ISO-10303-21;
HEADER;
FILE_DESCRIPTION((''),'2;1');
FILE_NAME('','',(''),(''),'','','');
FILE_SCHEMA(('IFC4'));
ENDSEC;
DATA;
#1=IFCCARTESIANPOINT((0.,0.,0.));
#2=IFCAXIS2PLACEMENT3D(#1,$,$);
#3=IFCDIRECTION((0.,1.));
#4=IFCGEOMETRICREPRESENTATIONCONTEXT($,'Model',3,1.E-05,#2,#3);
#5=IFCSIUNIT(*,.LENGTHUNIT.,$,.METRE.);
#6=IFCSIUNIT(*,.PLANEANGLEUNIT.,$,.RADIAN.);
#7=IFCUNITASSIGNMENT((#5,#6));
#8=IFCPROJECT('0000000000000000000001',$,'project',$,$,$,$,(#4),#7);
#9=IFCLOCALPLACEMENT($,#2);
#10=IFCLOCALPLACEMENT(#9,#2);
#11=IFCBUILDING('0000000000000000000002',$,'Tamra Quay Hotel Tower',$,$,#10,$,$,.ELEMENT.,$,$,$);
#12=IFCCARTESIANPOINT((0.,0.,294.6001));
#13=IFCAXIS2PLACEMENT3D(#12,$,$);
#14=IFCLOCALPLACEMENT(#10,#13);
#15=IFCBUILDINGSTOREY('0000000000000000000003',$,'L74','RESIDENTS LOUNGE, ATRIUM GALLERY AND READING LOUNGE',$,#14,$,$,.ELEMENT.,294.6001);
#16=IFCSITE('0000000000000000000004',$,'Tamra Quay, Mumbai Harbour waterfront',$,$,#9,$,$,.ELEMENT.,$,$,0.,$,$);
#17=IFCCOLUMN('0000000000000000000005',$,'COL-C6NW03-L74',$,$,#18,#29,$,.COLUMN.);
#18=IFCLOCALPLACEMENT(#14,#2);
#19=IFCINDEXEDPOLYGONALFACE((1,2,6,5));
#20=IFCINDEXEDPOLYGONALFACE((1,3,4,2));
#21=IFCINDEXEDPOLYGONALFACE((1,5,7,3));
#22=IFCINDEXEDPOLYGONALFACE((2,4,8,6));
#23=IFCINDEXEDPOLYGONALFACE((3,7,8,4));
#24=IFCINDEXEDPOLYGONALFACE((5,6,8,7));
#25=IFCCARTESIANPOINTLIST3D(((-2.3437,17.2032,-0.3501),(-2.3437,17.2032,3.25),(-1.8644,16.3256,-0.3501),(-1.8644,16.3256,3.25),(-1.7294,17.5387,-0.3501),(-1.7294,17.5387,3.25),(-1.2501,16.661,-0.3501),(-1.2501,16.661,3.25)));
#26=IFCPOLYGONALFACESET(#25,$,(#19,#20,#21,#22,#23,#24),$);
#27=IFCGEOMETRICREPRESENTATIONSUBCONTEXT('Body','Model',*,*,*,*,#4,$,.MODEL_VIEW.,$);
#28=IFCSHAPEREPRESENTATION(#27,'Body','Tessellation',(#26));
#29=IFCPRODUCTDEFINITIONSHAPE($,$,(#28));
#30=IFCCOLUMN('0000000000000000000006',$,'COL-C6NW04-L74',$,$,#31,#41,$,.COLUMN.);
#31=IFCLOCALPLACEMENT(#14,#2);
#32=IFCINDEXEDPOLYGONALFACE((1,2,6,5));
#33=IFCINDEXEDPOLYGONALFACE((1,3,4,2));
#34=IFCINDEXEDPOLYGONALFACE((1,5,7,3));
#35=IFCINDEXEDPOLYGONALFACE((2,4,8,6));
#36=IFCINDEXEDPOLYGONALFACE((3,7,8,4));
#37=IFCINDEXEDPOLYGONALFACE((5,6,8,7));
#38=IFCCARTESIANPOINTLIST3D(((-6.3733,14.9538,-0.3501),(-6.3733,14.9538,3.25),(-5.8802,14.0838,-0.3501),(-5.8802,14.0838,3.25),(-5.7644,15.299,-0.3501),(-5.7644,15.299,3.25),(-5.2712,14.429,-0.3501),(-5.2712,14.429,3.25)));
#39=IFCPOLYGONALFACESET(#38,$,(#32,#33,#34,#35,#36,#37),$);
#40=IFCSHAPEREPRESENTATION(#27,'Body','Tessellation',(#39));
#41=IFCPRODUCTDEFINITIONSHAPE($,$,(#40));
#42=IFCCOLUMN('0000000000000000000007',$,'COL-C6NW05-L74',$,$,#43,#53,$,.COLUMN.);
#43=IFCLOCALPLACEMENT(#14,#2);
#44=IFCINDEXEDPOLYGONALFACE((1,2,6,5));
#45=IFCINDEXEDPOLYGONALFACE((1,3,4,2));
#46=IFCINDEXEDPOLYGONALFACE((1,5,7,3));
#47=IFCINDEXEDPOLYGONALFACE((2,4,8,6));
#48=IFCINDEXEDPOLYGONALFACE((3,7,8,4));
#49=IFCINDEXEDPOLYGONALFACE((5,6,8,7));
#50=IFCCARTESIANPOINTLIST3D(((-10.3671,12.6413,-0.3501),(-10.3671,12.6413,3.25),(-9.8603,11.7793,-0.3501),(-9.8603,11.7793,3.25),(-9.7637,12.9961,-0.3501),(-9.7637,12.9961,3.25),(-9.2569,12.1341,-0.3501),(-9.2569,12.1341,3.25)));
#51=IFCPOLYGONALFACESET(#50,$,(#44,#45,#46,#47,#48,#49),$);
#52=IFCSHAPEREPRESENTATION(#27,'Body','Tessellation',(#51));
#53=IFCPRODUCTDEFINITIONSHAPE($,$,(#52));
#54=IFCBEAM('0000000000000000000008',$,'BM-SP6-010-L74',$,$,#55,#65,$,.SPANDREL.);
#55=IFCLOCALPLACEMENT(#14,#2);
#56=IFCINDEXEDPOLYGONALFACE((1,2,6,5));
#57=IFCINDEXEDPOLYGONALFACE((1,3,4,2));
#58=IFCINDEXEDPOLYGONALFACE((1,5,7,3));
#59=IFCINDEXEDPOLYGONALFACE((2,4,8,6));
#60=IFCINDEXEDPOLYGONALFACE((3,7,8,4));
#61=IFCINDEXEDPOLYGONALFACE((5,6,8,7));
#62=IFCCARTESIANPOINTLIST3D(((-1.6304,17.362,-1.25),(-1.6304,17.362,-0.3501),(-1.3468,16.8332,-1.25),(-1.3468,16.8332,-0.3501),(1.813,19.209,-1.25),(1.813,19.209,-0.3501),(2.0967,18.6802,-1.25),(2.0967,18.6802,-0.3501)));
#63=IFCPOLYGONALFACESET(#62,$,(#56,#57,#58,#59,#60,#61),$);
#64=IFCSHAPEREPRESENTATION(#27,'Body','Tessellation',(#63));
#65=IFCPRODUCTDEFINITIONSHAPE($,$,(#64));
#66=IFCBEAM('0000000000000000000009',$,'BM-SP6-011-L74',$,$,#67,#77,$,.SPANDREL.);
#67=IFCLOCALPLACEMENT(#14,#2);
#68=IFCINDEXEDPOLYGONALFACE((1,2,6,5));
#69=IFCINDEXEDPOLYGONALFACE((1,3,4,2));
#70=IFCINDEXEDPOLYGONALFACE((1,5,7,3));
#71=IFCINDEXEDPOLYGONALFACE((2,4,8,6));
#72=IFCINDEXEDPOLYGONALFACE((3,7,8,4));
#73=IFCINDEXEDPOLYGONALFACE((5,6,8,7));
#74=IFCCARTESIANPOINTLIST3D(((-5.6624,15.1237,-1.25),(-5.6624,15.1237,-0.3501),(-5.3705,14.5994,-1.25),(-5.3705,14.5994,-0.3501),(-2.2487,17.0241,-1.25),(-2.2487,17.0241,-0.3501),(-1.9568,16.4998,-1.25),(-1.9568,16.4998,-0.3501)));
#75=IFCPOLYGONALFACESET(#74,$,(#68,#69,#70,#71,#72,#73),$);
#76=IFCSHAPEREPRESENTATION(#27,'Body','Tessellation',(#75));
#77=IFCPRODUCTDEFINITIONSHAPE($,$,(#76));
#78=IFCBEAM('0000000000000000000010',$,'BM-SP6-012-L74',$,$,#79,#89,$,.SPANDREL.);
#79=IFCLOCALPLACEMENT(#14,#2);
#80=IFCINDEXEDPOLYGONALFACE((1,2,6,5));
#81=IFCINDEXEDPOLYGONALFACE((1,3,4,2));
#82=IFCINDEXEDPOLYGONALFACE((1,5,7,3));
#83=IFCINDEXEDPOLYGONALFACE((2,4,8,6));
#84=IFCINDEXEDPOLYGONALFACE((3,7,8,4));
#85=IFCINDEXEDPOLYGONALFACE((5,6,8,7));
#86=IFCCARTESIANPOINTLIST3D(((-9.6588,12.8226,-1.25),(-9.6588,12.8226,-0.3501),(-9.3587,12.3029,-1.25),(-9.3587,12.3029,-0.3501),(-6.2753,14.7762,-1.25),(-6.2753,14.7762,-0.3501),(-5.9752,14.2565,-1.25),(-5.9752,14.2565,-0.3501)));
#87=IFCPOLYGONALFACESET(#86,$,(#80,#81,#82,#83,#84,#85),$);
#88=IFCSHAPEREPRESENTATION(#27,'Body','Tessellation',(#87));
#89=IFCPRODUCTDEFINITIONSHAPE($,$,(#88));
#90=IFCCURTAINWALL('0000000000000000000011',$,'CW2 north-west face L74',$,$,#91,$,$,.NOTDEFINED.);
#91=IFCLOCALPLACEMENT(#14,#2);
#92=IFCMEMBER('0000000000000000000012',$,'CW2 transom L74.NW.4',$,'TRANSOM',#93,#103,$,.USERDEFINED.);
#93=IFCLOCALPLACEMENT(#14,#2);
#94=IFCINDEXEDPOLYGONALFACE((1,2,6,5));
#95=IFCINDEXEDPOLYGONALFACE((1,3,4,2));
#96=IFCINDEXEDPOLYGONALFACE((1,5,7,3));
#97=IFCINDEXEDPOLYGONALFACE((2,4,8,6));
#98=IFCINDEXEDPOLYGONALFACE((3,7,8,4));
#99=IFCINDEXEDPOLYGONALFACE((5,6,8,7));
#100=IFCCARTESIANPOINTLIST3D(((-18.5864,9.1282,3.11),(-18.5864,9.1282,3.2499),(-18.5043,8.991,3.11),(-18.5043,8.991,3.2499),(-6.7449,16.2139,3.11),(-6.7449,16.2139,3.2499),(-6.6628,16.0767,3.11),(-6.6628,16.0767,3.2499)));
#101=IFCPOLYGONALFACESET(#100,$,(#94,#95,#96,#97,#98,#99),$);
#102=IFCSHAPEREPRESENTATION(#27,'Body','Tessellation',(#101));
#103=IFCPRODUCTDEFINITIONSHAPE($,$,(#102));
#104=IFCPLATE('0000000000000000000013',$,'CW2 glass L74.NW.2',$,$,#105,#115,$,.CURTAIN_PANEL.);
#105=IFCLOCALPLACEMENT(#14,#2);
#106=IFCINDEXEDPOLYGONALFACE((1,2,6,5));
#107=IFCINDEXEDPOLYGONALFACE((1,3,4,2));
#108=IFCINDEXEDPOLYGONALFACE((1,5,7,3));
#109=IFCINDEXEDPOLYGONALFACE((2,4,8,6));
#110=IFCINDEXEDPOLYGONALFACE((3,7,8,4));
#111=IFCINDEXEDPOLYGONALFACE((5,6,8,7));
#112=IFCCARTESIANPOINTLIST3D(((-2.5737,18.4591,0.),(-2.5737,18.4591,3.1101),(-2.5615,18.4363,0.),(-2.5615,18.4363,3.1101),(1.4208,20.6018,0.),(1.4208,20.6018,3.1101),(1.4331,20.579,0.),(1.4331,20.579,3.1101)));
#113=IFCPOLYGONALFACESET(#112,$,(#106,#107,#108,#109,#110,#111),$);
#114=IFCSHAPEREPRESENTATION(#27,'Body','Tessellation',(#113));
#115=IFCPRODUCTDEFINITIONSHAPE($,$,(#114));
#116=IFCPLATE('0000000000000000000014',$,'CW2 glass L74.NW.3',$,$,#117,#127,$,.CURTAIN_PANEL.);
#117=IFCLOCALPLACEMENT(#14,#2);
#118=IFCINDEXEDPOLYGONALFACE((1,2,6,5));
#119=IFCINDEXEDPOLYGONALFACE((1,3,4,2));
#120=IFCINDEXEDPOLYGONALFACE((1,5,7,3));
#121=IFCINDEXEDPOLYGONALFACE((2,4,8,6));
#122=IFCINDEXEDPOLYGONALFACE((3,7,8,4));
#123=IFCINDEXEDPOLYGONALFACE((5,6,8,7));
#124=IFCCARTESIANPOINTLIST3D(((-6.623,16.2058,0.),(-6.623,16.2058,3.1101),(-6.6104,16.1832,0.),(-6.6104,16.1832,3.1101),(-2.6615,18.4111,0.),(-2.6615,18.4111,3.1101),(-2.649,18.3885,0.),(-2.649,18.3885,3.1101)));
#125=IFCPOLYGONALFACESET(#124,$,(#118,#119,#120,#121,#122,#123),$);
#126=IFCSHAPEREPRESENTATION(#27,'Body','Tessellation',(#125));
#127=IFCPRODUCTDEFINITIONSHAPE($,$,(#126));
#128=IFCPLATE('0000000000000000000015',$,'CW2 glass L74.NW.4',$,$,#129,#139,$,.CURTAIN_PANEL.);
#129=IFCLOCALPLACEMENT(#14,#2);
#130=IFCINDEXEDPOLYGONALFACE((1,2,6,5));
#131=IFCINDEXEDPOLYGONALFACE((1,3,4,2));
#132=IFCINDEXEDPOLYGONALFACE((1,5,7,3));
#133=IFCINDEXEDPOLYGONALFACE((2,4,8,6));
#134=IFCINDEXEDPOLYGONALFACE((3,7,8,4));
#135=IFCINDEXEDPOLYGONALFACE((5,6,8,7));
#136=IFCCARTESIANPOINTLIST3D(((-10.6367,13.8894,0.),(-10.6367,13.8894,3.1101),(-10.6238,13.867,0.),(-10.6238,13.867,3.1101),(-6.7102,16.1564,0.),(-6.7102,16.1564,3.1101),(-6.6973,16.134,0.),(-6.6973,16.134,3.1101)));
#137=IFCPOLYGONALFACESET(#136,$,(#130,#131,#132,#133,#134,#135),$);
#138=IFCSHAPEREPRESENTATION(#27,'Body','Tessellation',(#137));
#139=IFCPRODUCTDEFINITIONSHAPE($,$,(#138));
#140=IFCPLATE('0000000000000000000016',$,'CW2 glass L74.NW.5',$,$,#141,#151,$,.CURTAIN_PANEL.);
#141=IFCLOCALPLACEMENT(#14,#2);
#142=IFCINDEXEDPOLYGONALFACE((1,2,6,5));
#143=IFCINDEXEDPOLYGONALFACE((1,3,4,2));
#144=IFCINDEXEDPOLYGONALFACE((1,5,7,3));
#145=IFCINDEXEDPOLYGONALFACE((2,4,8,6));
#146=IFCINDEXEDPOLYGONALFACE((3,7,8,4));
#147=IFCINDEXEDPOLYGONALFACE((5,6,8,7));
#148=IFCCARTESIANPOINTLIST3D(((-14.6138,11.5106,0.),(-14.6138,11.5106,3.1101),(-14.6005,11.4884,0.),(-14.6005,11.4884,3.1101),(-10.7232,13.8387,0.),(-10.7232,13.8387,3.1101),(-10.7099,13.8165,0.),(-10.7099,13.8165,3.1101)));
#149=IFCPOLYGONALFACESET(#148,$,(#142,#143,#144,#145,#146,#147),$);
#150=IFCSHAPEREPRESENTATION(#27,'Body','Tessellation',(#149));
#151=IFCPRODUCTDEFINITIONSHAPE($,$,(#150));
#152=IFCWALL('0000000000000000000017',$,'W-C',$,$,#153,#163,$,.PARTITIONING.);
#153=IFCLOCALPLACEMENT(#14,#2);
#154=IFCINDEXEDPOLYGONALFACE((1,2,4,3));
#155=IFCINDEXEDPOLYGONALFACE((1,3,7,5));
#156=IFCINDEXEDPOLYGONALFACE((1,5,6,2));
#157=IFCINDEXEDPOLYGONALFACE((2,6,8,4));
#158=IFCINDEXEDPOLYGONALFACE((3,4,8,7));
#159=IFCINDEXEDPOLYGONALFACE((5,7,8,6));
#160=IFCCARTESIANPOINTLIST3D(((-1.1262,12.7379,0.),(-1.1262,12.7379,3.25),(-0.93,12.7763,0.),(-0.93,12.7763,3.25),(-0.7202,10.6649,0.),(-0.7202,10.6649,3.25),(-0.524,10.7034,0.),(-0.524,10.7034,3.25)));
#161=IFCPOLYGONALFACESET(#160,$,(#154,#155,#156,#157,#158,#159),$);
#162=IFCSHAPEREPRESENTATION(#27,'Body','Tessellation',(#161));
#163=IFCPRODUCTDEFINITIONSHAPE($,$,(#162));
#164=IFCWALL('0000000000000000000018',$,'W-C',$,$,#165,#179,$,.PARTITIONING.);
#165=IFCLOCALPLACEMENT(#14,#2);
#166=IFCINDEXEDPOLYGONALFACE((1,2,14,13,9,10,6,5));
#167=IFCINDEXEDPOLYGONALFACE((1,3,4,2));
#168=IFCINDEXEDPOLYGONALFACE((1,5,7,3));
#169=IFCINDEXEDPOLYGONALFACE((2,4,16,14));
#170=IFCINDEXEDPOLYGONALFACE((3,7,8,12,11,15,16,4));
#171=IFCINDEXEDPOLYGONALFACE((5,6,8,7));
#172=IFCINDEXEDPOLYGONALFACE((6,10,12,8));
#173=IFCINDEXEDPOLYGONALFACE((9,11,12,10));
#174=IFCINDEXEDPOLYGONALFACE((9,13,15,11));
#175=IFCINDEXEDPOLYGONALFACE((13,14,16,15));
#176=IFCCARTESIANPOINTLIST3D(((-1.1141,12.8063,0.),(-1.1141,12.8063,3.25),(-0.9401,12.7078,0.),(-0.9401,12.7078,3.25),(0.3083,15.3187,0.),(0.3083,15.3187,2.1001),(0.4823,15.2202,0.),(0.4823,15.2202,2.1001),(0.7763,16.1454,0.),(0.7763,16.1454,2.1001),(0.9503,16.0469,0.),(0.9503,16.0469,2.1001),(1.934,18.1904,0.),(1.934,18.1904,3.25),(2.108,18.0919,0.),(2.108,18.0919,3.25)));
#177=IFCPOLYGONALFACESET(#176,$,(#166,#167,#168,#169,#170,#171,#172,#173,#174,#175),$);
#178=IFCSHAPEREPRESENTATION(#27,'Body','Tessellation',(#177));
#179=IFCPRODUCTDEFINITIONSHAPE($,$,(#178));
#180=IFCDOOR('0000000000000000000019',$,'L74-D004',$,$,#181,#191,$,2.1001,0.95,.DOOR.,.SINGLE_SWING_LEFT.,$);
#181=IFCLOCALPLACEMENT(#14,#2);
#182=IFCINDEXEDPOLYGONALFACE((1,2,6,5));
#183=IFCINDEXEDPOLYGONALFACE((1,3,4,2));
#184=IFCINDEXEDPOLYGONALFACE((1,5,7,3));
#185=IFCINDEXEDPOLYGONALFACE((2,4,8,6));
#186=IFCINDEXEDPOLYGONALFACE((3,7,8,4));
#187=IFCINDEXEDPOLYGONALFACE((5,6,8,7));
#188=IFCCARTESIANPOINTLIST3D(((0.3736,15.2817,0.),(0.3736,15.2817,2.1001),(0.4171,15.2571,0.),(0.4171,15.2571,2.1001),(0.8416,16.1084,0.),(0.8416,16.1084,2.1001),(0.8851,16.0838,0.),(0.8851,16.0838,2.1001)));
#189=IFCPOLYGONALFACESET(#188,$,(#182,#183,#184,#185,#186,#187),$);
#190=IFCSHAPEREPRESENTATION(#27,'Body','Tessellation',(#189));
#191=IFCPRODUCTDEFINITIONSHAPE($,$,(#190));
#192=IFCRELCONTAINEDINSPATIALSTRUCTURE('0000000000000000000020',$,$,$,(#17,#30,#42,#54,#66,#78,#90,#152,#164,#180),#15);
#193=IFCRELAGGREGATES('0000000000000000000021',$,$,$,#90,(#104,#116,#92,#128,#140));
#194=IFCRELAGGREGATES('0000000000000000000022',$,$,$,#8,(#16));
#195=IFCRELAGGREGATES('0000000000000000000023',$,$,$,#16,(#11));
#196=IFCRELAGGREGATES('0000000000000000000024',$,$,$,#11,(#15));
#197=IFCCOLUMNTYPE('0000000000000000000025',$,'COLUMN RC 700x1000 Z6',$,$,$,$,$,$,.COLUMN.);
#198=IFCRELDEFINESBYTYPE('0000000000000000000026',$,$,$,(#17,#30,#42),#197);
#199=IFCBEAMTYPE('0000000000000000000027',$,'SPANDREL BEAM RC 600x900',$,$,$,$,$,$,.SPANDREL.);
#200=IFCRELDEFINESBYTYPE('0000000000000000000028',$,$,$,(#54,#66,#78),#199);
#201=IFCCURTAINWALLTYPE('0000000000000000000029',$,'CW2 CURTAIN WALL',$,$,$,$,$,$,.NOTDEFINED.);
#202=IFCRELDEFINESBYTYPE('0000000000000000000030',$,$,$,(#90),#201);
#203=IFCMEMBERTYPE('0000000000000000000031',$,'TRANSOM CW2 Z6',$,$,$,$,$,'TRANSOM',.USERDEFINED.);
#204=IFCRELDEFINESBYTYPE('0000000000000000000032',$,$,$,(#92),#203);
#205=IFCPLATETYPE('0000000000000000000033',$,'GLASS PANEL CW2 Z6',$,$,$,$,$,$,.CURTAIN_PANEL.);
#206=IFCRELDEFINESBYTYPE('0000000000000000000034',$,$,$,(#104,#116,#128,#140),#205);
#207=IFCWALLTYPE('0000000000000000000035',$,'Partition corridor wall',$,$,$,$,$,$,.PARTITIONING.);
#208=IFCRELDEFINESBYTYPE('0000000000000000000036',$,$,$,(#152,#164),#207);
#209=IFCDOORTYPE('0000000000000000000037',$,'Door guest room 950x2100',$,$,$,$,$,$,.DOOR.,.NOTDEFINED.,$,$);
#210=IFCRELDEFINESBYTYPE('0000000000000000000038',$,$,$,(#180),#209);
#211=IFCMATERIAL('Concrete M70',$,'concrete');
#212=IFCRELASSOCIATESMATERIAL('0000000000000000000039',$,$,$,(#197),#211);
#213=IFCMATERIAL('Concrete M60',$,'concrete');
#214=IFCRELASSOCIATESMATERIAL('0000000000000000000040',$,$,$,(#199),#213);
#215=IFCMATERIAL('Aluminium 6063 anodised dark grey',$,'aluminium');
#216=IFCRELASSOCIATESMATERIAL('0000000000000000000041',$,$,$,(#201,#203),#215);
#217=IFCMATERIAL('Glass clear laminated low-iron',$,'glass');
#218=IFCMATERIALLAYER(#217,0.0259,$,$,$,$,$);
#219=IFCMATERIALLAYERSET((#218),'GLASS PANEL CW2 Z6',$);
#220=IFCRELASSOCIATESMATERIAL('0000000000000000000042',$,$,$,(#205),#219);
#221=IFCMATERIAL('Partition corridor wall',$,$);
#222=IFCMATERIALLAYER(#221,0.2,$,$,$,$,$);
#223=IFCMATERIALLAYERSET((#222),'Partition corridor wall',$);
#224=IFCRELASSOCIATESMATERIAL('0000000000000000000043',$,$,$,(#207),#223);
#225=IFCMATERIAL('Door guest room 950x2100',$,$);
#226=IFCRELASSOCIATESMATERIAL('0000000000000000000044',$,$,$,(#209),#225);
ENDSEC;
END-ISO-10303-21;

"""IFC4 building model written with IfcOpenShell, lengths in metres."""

from ifc_helpers import new_model, si_unit, direction, frame, frame_2d, origin, origin_2d, place, context, subcontext, project, spatial, rectangle, extrude, material, layer, layer_set, material_profile, profile_set, type_object, element, fill, aggregate, save


model = new_model("IFC4")

# Units and contexts
model_context = context("Model", 3, precision=1e-05, world=origin(), true_north=direction((0.0, 1.0)))
body_context = subcontext(model_context, "Body", "Model", "MODEL_VIEW")
ifc_project = project(units=[si_unit("LENGTHUNIT", "METRE"), si_unit("PLANEANGLEUNIT", "RADIAN")], contexts=[model_context])

# Site, building, storey
site_placement = place(None, origin())
site = spatial("IfcSite", under=ifc_project, at=site_placement, Name="Tamra Quay, Mumbai Harbour waterfront", CompositionType="ELEMENT", RefElevation=0.0)
building_placement = place(site_placement, origin())
building = spatial("IfcBuilding", under=site, at=building_placement, Name="Tamra Quay Hotel Tower", CompositionType="ELEMENT")
storey_placement = place(building_placement, frame((0.0, 0.0, 294.6001)))
storey = spatial("IfcBuildingStorey", under=building, at=storey_placement, Name="L74", Description="RESIDENTS LOUNGE, ATRIUM GALLERY AND READING LOUNGE", CompositionType="ELEMENT", Elevation=294.6001)

# Columns
ifc_material_1 = material(Name="Concrete M70", Category="concrete")
ifc_material_profile_1 = material_profile(ifc_material_1, rectangle(XDim=1.0, YDim=0.7, at=origin_2d()), Name="COLUMN RC 700x1000 Z6")
ifc_profile_set_1 = profile_set([ifc_material_profile_1], Name="Concrete M70")
column_type = type_object("IfcColumnType", Name="COLUMN RC 700x1000 Z6", PredefinedType="COLUMN", material=ifc_profile_set_1)
for number, where, z_axis, x_axis, name in (
    (1, (-1.7969, 16.9321, -0.3501), (0.0, 0.0, 1.0), (-0.479288, 0.877658, 0.0), "COL-C6NW03-L74"),
    (2, (-5.8223, 14.6914, -0.3501), (0.0, 0.0, 1.0), (-0.493125, 0.869958, 0.0), "COL-C6NW04-L74"),
    (3, (-9.812, 12.3877, -0.3501), (0.0, 0.0, 1.0), (-0.506843, 0.862038, 0.0), "COL-C6NW05-L74"),
):
    element("IfcColumn", number, at=place(storey_placement, frame(where, z_axis=z_axis, x_axis=x_axis)), inside=storey, type_object=column_type, Name=name, PredefinedType="COLUMN", context=body_context, shape_type="SweptSolid", body=[
        extrude(rectangle(XDim=1.0, YDim=0.7, at=origin_2d()), origin(), (0.0, 0.0, 1.0), 3.6001),
    ])

# Beams
ifc_material_2 = material(Name="Concrete M60", Category="concrete")
ifc_material_profile_2 = material_profile(ifc_material_2, rectangle(XDim=0.6001, YDim=0.8999, at=origin_2d()), Name="SPANDREL BEAM RC 600x900")
ifc_profile_set_2 = profile_set([ifc_material_profile_2], Name="Concrete M60")
beam_type = type_object("IfcBeamType", Name="SPANDREL BEAM RC 600x900", PredefinedType="SPANDREL", material=ifc_profile_set_2)
beam_placement = place(storey_placement, frame((1.9548, 18.9446, -0.8), z_axis=(-0.881238, -0.472672, 0.0), x_axis=(0.472672, -0.881238, 0.0)))
element("IfcBeam", 4, at=beam_placement, inside=storey, type_object=beam_type, Name="BM-SP6-010-L74", PredefinedType="SPANDREL", context=body_context, shape_type="SweptSolid", body=[
    extrude(rectangle(XDim=0.6001, YDim=0.8999, at=origin_2d()), origin(), (0.0, 0.0, 1.0), 3.9075),
])
for number, where, z_axis, x_axis, name in (
    (5, (-2.1028, 16.762, -0.8), (-0.873727, -0.486417, 0.0), (0.486417, -0.873727, 0.0), "BM-SP6-011-L74"),
    (6, (-6.1252, 14.5164, -0.8), (-0.866012, -0.500024, 0.0), (0.500024, -0.866012, 0.0), "BM-SP6-012-L74"),
):
    element("IfcBeam", number, at=place(storey_placement, frame(where, z_axis=z_axis, x_axis=x_axis)), inside=storey, type_object=beam_type, Name=name, PredefinedType="SPANDREL", context=body_context, shape_type="SweptSolid", body=[
        extrude(rectangle(XDim=0.6001, YDim=0.8999, at=origin_2d()), origin(), (0.0, 0.0, 1.0), 3.907),
    ])

# Curtain wall, member, plates
ifc_material_3 = material(Name="Aluminium 6063 anodised dark grey", Category="aluminium")
curtain_wall_type = type_object("IfcCurtainWallType", Name="CW2 CURTAIN WALL", PredefinedType="NOTDEFINED", material=ifc_material_3)
curtain_wall_placement = place(storey_placement, origin())
curtain_wall = element("IfcCurtainWall", 7, at=curtain_wall_placement, inside=storey, type_object=curtain_wall_type, Name="CW2 north-west face L74", PredefinedType="NOTDEFINED")
ifc_material_profile_3 = material_profile(ifc_material_3, rectangle(XDim=0.1599, YDim=0.1399, at=origin_2d()), Name="TRANSOM 160X140")
ifc_profile_set_3 = profile_set([ifc_material_profile_3], Name="Aluminium 6063 anodised dark grey")
member_type = type_object("IfcMemberType", Name="TRANSOM CW2 Z6", ElementType="TRANSOM", PredefinedType="USERDEFINED", material=ifc_profile_set_3)
member_placement = place(storey_placement, frame((-6.7039, 16.1453, 3.1799), z_axis=(-0.858107, -0.51347, 0.0), x_axis=(0.51347, -0.858107, 0.0)))
member = element("IfcMember", 8, at=member_placement, type_object=member_type, Name="CW2 transom L74.NW.4", ObjectType="TRANSOM", PredefinedType="USERDEFINED", context=body_context, shape_type="SweptSolid", body=[
    extrude(rectangle(XDim=0.1599, YDim=0.1399, at=origin_2d()), origin(), (0.0, 0.0, 1.0), 13.7996),
])
ifc_material_4 = material(Name="Glass clear laminated low-iron", Category="glass")
ifc_layer_1 = layer(ifc_material_4, 0.0259)
ifc_layer_set_1 = layer_set([ifc_layer_1], Name="GLASS PANEL CW2 Z6")
plate_type = type_object("IfcPlateType", Name="GLASS PANEL CW2 Z6", PredefinedType="CURTAIN_PANEL", material=ifc_layer_set_1)
plate_1_placement = place(storey_placement, frame((-0.5703, 19.519, 0.0), z_axis=(0.0, 0.0, 1.0), x_axis=(-0.881224, -0.4727, 0.0)))
plate_1 = element("IfcPlate", 9, at=plate_1_placement, type_object=plate_type, Name="CW2 glass L74.NW.2", PredefinedType="CURTAIN_PANEL", context=body_context, shape_type="SweptSolid", body=[
    extrude(rectangle(XDim=4.533, YDim=0.0259, at=origin_2d()), origin(), (0.0, 0.0, 1.0), 3.1101),
])
plate_2_placement = place(storey_placement, frame((-4.636, 17.2971, 0.0), z_axis=(0.0, 0.0, 1.0), x_axis=(-0.873736, -0.486401, 0.0)))
plate_2 = element("IfcPlate", 10, at=plate_2_placement, type_object=plate_type, Name="CW2 glass L74.NW.3", PredefinedType="CURTAIN_PANEL", context=body_context, shape_type="SweptSolid", body=[
    extrude(rectangle(XDim=4.5339, YDim=0.0259, at=origin_2d()), origin(), (0.0, 0.0, 1.0), 3.1101),
])
plate_3_placement = place(storey_placement, frame((-8.667, 15.0117, 0.0), z_axis=(0.0, 0.0, 1.0), x_axis=(-0.866025, -0.5, 0.0)))
plate_3 = element("IfcPlate", 11, at=plate_3_placement, type_object=plate_type, Name="CW2 glass L74.NW.4", PredefinedType="CURTAIN_PANEL", context=body_context, shape_type="SweptSolid", body=[
    extrude(rectangle(XDim=4.5339, YDim=0.0259, at=origin_2d()), origin(), (0.0, 0.0, 1.0), 3.1101),
])
plate_4_placement = place(storey_placement, frame((-12.6619, 12.6636, 0.0), z_axis=(0.0, 0.0, 1.0), x_axis=(-0.858103, -0.513477, 0.0)))
plate_4 = element("IfcPlate", 12, at=plate_4_placement, type_object=plate_type, Name="CW2 glass L74.NW.5", PredefinedType="CURTAIN_PANEL", context=body_context, shape_type="SweptSolid", body=[
    extrude(rectangle(XDim=4.5339, YDim=0.0259, at=origin_2d()), origin(), (0.0, 0.0, 1.0), 3.1101),
])
aggregate(curtain_wall, [plate_1, plate_2, member, plate_3, plate_4])

# Wall
ifc_material_5 = material(Name="Partition corridor wall")
ifc_layer_2 = layer(ifc_material_5, 0.2)
ifc_layer_set_2 = layer_set([ifc_layer_2], Name="Partition corridor wall")
wall_type_1 = type_object("IfcWallType", Name="Partition corridor wall", PredefinedType="PARTITIONING", material=ifc_layer_set_2)
wall_1_placement = place(storey_placement, frame((-1.0281, 12.7571, 0.0), z_axis=(0.0, 0.0, 1.0), x_axis=(0.192203, -0.981355, 0.0)))
element("IfcWall", 13, at=wall_1_placement, inside=storey, type_object=wall_type_1, Name="W-C", PredefinedType="PARTITIONING", context=body_context, shape_type="SweptSolid", body=[
    extrude(rectangle(XDim=2.1123, YDim=0.2, at=frame_2d((1.0562, 0.0))), origin(), (0.0, 0.0, 1.0), 3.25),
])

# Wall, opening, door
wall_2_placement = place(storey_placement, frame((-1.0271, 12.7571, 0.0), z_axis=(0.0, 0.0, 1.0), x_axis=(0.492663, 0.87022, 0.0)))
wall_2 = element("IfcWall", 14, at=wall_2_placement, inside=storey, type_object=wall_type_1, Name="W-C", PredefinedType="PARTITIONING", context=body_context, shape_type="SweptSolid", body=[
    extrude(rectangle(XDim=6.187, YDim=0.2, at=frame_2d((3.0935, 0.0))), origin(), (0.0, 0.0, 1.0), 3.25),
])
opening_placement = place(wall_2_placement, frame((2.887, 0.0, 0.0)))
opening = element("IfcOpeningElement", 15, at=opening_placement, cuts=wall_2, PredefinedType="OPENING", context=body_context, shape_type="SweptSolid", body=[
    extrude(rectangle(XDim=0.95, YDim=2.1001, at=frame_2d((0.4751, 1.05))), frame((0.0, 0.1099, 0.0), z_axis=(0.0, -1.0, 0.0), x_axis=(1.0, 0.0, 0.0)), (0.0, 0.0, 1.0), 0.22),
])
ifc_material_6 = material(Name="Door guest room 950x2100")
door_type = type_object("IfcDoorType", Name="Door guest room 950x2100", OperationType="NOTDEFINED", PredefinedType="DOOR", material=ifc_material_6)
door_placement = place(opening_placement, origin())
door = element("IfcDoor", 16, at=door_placement, inside=storey, type_object=door_type, Name="L74-D004", OperationType="SINGLE_SWING_LEFT", OverallHeight=2.1001, OverallWidth=0.95, PredefinedType="DOOR", context=body_context, shape_type="SweptSolid", body=[
    extrude(rectangle(XDim=0.95, YDim=2.1001, at=frame_2d((0.4751, 1.05))), frame((0.0, 0.0249, 0.0), z_axis=(0.0, -1.0, 0.0), x_axis=(1.0, 0.0, 0.0)), (0.0, 0.0, 1.0), 0.05),
])
fill(opening, door)

save(model, "model.ifc")
